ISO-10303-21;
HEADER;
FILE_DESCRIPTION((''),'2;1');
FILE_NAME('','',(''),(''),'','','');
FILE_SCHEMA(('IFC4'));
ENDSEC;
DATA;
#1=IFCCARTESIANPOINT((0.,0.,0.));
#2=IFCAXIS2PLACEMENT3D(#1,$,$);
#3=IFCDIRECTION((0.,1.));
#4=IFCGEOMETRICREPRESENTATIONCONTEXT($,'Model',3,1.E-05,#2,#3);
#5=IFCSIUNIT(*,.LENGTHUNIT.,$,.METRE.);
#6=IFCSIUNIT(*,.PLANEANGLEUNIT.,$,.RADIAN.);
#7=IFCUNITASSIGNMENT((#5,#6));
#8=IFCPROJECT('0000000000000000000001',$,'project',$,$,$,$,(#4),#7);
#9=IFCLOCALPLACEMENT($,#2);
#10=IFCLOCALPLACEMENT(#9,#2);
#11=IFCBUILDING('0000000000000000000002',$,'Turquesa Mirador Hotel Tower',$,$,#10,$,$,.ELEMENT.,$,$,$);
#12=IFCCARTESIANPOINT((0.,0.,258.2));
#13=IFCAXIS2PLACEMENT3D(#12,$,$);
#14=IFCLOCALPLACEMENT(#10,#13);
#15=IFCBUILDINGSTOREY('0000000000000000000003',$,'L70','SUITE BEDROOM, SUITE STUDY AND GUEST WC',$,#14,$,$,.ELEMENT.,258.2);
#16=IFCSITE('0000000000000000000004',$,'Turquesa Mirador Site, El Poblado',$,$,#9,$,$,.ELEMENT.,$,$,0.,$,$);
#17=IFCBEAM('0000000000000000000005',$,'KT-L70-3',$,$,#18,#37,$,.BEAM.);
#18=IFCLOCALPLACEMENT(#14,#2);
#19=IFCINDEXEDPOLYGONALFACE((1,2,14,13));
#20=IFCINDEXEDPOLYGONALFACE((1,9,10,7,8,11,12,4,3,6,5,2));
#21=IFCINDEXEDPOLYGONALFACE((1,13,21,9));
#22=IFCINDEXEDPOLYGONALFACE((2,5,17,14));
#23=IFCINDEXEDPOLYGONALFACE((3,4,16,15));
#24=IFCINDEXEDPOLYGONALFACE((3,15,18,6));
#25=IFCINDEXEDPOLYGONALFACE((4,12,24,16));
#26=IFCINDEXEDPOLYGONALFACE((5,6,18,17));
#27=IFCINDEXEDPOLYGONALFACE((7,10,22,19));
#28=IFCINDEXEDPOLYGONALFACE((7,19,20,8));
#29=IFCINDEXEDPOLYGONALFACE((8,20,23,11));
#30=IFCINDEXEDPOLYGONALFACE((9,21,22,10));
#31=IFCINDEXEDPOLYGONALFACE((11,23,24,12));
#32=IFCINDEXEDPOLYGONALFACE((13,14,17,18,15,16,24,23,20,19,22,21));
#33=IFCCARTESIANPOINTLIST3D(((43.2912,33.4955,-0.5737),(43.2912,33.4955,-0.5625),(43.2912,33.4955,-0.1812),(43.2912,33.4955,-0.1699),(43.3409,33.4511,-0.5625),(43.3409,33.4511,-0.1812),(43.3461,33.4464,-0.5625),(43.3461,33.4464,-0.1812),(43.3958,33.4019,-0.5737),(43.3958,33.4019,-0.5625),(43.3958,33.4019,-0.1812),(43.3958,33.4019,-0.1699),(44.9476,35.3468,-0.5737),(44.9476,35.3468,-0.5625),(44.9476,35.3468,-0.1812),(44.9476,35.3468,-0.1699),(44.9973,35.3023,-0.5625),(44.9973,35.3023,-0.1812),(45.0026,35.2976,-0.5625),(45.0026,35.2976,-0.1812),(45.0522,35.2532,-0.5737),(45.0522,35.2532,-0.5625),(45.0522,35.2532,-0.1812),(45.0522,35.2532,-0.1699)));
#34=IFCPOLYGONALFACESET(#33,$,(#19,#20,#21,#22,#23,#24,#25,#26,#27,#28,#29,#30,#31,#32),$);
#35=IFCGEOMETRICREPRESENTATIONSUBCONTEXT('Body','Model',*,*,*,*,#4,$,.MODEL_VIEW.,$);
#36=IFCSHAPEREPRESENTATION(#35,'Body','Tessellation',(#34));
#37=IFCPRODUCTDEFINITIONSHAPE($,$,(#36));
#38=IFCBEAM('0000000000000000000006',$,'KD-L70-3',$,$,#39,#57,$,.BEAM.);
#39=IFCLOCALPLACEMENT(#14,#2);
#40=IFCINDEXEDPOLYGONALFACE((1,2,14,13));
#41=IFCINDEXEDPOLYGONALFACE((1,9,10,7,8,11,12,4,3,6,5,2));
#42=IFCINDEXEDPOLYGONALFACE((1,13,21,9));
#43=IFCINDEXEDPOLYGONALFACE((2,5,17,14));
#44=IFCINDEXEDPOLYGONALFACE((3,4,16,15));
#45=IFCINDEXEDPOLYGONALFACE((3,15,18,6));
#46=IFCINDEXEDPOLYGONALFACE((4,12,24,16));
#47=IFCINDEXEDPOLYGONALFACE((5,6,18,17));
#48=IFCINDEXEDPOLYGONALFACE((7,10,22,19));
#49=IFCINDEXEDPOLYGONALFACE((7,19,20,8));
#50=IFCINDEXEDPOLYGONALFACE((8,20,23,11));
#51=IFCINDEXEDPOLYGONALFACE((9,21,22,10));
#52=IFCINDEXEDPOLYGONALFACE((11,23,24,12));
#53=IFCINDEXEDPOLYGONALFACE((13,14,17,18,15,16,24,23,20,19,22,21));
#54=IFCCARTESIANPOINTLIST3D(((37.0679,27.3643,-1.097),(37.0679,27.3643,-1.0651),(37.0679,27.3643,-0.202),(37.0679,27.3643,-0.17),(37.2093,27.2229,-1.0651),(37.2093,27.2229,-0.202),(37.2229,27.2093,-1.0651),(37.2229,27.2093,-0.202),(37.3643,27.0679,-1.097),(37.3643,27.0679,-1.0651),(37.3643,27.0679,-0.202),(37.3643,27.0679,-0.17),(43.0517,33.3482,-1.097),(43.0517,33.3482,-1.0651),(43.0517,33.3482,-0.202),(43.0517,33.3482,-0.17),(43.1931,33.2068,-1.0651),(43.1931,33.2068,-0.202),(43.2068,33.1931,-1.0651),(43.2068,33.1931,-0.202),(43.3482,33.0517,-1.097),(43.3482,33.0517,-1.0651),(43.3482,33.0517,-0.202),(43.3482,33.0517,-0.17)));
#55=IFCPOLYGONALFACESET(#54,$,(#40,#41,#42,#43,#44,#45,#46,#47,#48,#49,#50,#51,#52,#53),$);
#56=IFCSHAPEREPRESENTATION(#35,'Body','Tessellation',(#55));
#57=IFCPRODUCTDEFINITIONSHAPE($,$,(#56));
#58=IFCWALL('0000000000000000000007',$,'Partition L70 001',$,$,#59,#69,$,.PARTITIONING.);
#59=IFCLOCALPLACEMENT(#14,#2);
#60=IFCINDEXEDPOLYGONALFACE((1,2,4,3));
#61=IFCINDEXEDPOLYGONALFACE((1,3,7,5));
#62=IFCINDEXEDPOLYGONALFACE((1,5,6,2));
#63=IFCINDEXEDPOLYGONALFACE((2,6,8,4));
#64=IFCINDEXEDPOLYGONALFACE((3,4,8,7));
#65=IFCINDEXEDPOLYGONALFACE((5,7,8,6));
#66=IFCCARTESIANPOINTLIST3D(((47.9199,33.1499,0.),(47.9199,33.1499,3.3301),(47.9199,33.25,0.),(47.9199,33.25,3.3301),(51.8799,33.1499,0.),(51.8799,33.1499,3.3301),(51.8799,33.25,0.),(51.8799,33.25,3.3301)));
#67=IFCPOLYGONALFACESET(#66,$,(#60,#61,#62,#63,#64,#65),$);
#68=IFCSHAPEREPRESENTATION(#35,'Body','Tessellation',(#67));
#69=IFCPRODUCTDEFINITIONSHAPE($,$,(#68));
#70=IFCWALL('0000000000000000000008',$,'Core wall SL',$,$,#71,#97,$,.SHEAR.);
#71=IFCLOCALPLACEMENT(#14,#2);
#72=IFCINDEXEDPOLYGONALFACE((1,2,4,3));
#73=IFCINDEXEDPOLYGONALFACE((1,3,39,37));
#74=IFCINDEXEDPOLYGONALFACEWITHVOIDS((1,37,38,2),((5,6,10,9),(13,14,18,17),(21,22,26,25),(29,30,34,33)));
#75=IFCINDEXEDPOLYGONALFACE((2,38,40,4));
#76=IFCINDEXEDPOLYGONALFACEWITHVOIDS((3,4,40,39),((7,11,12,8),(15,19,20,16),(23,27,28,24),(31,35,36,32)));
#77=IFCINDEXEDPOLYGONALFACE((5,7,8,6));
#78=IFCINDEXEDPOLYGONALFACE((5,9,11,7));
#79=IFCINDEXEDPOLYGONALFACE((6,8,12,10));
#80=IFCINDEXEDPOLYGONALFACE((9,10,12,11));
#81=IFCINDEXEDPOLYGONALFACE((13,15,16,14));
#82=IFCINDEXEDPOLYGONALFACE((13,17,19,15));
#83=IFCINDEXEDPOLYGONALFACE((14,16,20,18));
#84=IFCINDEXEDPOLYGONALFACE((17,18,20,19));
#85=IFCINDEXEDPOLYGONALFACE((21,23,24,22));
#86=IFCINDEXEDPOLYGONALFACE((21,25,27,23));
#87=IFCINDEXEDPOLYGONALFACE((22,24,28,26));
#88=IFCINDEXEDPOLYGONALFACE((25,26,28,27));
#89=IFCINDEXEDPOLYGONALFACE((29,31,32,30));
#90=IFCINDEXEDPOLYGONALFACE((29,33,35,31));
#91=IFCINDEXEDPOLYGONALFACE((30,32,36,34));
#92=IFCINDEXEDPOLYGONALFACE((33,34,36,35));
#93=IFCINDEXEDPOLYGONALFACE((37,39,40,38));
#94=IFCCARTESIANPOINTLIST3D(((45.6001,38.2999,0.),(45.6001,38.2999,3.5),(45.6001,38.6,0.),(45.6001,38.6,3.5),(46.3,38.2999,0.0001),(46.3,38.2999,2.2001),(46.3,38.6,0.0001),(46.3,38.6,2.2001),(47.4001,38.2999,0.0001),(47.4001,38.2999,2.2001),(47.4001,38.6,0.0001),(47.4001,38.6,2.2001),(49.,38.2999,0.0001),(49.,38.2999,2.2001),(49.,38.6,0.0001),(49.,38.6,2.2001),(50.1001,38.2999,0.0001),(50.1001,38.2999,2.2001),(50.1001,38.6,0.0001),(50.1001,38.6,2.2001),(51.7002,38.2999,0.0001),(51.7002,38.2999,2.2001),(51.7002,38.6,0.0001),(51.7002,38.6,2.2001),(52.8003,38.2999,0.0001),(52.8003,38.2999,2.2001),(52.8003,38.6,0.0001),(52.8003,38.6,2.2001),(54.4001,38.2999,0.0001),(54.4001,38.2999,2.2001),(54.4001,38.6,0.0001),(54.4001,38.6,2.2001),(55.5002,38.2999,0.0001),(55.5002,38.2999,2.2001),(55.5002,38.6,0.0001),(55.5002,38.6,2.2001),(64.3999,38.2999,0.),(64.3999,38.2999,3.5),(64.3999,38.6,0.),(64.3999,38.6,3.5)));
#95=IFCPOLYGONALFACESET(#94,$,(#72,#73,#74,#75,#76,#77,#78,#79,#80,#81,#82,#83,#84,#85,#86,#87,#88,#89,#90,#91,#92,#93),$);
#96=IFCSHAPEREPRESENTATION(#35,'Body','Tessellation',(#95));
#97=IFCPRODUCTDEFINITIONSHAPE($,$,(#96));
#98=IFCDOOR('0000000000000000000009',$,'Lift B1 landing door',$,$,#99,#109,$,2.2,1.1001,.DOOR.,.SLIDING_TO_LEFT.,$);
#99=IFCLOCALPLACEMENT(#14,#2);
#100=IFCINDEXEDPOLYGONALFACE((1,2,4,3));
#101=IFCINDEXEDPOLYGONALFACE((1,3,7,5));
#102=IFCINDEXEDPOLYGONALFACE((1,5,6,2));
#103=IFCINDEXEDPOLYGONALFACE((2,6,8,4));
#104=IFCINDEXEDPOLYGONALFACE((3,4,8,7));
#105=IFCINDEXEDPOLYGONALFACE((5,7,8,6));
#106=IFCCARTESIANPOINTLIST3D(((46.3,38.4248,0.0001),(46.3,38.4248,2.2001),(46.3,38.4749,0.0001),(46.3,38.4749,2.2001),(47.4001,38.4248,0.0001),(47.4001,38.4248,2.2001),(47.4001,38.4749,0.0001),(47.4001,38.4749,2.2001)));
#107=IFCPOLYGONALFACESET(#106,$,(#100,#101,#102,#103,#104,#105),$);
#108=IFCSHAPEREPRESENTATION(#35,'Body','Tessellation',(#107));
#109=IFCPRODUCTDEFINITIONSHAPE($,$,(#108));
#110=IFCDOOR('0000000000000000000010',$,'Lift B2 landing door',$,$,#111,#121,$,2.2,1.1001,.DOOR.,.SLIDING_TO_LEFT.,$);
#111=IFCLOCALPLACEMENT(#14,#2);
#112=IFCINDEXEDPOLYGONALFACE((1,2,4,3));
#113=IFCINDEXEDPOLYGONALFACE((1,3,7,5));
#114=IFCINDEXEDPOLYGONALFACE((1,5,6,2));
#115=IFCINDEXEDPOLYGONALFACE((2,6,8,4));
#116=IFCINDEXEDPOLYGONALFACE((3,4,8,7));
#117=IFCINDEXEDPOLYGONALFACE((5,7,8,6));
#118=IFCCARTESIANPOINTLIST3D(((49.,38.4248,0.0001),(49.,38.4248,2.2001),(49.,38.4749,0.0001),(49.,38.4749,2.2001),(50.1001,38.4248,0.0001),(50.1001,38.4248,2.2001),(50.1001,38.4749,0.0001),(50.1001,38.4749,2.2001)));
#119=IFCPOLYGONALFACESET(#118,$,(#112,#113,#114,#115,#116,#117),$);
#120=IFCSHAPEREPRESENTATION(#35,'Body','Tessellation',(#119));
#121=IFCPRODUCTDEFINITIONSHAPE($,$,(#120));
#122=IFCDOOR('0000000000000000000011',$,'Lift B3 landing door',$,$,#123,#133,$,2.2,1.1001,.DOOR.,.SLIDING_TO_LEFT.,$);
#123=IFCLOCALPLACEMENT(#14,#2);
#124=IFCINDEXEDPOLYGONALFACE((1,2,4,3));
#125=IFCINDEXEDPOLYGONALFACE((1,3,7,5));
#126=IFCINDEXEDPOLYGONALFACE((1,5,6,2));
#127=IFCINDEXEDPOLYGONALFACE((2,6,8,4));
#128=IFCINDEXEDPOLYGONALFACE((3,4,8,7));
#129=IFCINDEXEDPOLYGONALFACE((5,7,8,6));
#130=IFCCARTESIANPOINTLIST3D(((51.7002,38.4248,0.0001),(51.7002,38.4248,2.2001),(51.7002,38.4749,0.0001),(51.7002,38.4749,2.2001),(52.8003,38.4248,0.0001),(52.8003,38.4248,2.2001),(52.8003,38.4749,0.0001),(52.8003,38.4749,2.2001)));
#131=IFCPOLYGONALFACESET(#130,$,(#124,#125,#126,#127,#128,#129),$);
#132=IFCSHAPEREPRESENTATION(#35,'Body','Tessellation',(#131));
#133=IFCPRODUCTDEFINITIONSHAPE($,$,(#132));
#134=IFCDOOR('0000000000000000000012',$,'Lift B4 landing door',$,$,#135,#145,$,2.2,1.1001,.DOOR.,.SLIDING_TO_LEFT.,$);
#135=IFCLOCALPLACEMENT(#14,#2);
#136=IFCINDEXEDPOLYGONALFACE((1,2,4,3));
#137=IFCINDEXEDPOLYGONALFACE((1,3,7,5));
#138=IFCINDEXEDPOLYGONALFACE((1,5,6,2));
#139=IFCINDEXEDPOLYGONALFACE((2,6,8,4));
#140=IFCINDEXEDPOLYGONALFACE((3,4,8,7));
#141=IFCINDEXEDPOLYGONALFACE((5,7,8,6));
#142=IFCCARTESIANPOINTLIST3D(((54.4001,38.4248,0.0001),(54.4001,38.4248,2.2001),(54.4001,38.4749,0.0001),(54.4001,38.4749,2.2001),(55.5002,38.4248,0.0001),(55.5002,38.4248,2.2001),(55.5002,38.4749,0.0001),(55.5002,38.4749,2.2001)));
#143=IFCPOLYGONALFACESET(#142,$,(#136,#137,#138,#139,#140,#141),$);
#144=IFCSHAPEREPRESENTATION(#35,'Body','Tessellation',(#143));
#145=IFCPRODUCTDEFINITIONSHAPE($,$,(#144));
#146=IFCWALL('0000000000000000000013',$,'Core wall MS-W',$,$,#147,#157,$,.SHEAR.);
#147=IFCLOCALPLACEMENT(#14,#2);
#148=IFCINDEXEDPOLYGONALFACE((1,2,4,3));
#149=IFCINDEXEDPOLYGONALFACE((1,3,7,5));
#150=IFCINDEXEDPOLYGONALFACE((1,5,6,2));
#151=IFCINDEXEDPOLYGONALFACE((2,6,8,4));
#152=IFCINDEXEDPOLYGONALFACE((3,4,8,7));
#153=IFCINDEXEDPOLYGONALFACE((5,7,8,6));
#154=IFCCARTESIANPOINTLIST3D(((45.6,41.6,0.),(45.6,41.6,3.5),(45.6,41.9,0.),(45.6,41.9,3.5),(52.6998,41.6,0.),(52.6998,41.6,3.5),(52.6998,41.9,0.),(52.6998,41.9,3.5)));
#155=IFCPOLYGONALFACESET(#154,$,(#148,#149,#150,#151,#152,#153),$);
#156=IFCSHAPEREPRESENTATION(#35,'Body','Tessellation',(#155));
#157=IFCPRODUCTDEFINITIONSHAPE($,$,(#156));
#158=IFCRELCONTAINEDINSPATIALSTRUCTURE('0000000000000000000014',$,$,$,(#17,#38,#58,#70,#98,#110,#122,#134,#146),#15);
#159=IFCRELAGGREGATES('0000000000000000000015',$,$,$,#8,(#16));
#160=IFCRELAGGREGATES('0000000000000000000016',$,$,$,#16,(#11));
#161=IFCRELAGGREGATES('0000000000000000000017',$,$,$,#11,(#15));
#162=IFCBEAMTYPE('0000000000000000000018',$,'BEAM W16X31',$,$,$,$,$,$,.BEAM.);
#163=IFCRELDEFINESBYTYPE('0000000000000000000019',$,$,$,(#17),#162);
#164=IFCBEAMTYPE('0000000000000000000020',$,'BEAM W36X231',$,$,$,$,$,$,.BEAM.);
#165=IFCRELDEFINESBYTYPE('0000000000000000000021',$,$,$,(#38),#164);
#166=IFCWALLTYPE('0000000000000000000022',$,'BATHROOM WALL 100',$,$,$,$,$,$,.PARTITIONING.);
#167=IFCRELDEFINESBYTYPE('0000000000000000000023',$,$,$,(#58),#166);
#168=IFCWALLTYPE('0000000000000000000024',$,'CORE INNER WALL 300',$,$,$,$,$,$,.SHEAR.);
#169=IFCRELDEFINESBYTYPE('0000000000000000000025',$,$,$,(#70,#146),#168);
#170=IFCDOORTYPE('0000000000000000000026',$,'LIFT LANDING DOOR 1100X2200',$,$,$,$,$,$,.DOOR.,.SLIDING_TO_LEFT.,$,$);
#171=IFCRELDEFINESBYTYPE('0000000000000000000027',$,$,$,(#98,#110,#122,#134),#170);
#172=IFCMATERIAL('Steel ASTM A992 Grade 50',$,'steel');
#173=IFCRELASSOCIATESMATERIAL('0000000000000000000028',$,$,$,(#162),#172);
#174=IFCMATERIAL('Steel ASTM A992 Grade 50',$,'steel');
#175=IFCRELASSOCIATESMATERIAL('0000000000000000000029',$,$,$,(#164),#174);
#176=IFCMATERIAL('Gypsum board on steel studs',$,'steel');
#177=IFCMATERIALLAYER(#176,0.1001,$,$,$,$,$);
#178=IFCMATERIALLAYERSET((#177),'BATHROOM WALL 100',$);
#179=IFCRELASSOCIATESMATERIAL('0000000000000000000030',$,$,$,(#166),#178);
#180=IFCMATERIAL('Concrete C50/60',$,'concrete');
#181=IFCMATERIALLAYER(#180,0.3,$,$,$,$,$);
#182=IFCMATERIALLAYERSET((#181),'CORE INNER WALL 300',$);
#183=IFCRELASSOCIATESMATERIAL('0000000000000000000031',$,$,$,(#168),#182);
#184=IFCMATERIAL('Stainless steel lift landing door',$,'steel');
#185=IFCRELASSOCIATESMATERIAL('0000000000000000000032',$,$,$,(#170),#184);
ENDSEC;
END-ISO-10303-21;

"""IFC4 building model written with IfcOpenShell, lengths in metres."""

from ifc_helpers import new_model, si_unit, direction, frame, frame_2d, origin, origin_2d, place, context, subcontext, project, spatial, rectangle, i_section, extrude, material, layer, layer_set, material_profile, profile_set, type_object, element, fill, save


model = new_model("IFC4")

# Units and contexts
model_context = context("Model", 3, precision=1e-05, world=origin(), true_north=direction((0.0, 1.0)))
body_context = subcontext(model_context, "Body", "Model", "MODEL_VIEW")
ifc_project = project(units=[si_unit("LENGTHUNIT", "METRE"), si_unit("PLANEANGLEUNIT", "RADIAN")], contexts=[model_context])

# Site, building, storey
site_placement = place(None, origin())
site = spatial("IfcSite", under=ifc_project, at=site_placement, Name="Turquesa Mirador Site, El Poblado", CompositionType="ELEMENT", RefElevation=0.0)
building_placement = place(site_placement, origin())
building = spatial("IfcBuilding", under=site, at=building_placement, Name="Turquesa Mirador Hotel Tower", CompositionType="ELEMENT")
storey_placement = place(building_placement, frame((0.0, 0.0, 258.2)))
storey = spatial("IfcBuildingStorey", under=building, at=storey_placement, Name="L70", Description="SUITE BEDROOM, SUITE STUDY AND GUEST WC", CompositionType="ELEMENT", Elevation=258.2)

# Beams
ifc_material_1 = material(Name="Steel ASTM A992 Grade 50", Category="steel")
ifc_material_profile_1 = material_profile(ifc_material_1, i_section(OverallWidth=0.1404, OverallDepth=0.4038, WebThickness=0.0071, FlangeThickness=0.0112, at=origin_2d()), Name="W16X31")
ifc_profile_set_1 = profile_set([ifc_material_profile_1], Name="Steel ASTM A992 Grade 50")
beam_type_1 = type_object("IfcBeamType", Name="BEAM W16X31", PredefinedType="BEAM", material=ifc_profile_set_1)
beam_1_placement = place(storey_placement, frame((43.3435, 33.4487, -0.3718), z_axis=(0.666806, 0.745231, 0.0), x_axis=(-0.745231, 0.666806, 0.0)))
element("IfcBeam", 1, at=beam_1_placement, inside=storey, type_object=beam_type_1, Name="KT-L70-3", PredefinedType="BEAM", context=body_context, shape_type="SweptSolid", body=[
    extrude(i_section(OverallWidth=0.1404, OverallDepth=0.4038, WebThickness=0.0071, FlangeThickness=0.0112, at=origin_2d()), origin(), (0.0, 0.0, 1.0), 2.4841),
])
ifc_material_2 = material(Name="Steel ASTM A992 Grade 50", Category="steel")
ifc_material_profile_2 = material_profile(ifc_material_2, i_section(OverallWidth=0.4192, OverallDepth=0.927, WebThickness=0.0193, FlangeThickness=0.032, at=origin_2d()), Name="W36X231")
ifc_profile_set_2 = profile_set([ifc_material_profile_2], Name="Steel ASTM A992 Grade 50")
beam_type_2 = type_object("IfcBeamType", Name="BEAM W36X231", PredefinedType="BEAM", material=ifc_profile_set_2)
beam_2_placement = place(storey_placement, frame((43.2, 33.2, -0.6335), z_axis=(-0.707107, -0.707107, 0.0), x_axis=(0.707107, -0.707107, 0.0)))
element("IfcBeam", 2, at=beam_2_placement, inside=storey, type_object=beam_type_2, Name="KD-L70-3", PredefinedType="BEAM", context=body_context, shape_type="SweptSolid", body=[
    extrude(i_section(OverallWidth=0.4192, OverallDepth=0.927, WebThickness=0.0193, FlangeThickness=0.032, at=origin_2d()), origin(), (0.0, 0.0, 1.0), 8.4624),
])

# Wall
ifc_material_3 = material(Name="Gypsum board on steel studs", Category="steel")
ifc_layer_1 = layer(ifc_material_3, 0.1001)
ifc_layer_set_1 = layer_set([ifc_layer_1], Name="BATHROOM WALL 100")
wall_type_1 = type_object("IfcWallType", Name="BATHROOM WALL 100", PredefinedType="PARTITIONING", material=ifc_layer_set_1)
wall_1_placement = place(storey_placement, frame((47.9199, 33.2, 0.0), z_axis=(0.0, 0.0, 1.0), x_axis=(1.0, 0.0, 0.0)))
element("IfcWall", 3, at=wall_1_placement, inside=storey, type_object=wall_type_1, Name="Partition L70 001", PredefinedType="PARTITIONING", context=body_context, shape_type="SweptSolid", body=[
    extrude(rectangle(XDim=3.96, YDim=0.1001, at=frame_2d((1.98, 0.0))), origin(), (0.0, 0.0, 1.0), 3.3301),
])

# Wall, openings, doors
ifc_material_4 = material(Name="Concrete C50/60", Category="concrete")
ifc_layer_2 = layer(ifc_material_4, 0.3)
ifc_layer_set_2 = layer_set([ifc_layer_2], Name="CORE INNER WALL 300")
wall_type_2 = type_object("IfcWallType", Name="CORE INNER WALL 300", PredefinedType="SHEAR", material=ifc_layer_set_2)
wall_2_placement = place(storey_placement, frame((45.6001, 38.45, 0.0), z_axis=(0.0, 0.0, 1.0), x_axis=(1.0, 0.0, 0.0)))
wall_2 = element("IfcWall", 4, at=wall_2_placement, inside=storey, type_object=wall_type_2, Name="Core wall SL", PredefinedType="SHEAR", context=body_context, shape_type="SweptSolid", body=[
    extrude(rectangle(XDim=18.7998, YDim=0.3, at=frame_2d((9.3999, 0.0))), origin(), (0.0, 0.0, 1.0), 3.5),
])
opening_1_placement = place(wall_2_placement, frame((0.7, 0.0, 0.0)))
opening_1 = element("IfcOpeningElement", 5, at=opening_1_placement, cuts=wall_2, PredefinedType="OPENING", context=body_context, shape_type="SweptSolid", body=[
    extrude(rectangle(XDim=1.1001, YDim=2.2, at=frame_2d((0.55, 1.1001))), frame((0.0, 0.1599, 0.0), z_axis=(0.0, -1.0, 0.0), x_axis=(1.0, 0.0, 0.0)), (0.0, 0.0, 1.0), 0.3201),
])
opening_2_placement = place(wall_2_placement, frame((3.3999, 0.0, 0.0)))
opening_2 = element("IfcOpeningElement", 6, at=opening_2_placement, cuts=wall_2, PredefinedType="OPENING", context=body_context, shape_type="SweptSolid", body=[
    extrude(rectangle(XDim=1.1001, YDim=2.2, at=frame_2d((0.55, 1.1001))), frame((0.0, 0.1599, 0.0), z_axis=(0.0, -1.0, 0.0), x_axis=(1.0, 0.0, 0.0)), (0.0, 0.0, 1.0), 0.3201),
])
opening_3_placement = place(wall_2_placement, frame((6.1001, 0.0, 0.0)))
opening_3 = element("IfcOpeningElement", 7, at=opening_3_placement, cuts=wall_2, PredefinedType="OPENING", context=body_context, shape_type="SweptSolid", body=[
    extrude(rectangle(XDim=1.1001, YDim=2.2, at=frame_2d((0.55, 1.1001))), frame((0.0, 0.1599, 0.0), z_axis=(0.0, -1.0, 0.0), x_axis=(1.0, 0.0, 0.0)), (0.0, 0.0, 1.0), 0.3201),
])
opening_4_placement = place(wall_2_placement, frame((8.8, 0.0, 0.0)))
opening_4 = element("IfcOpeningElement", 8, at=opening_4_placement, cuts=wall_2, PredefinedType="OPENING", context=body_context, shape_type="SweptSolid", body=[
    extrude(rectangle(XDim=1.1001, YDim=2.2, at=frame_2d((0.55, 1.1001))), frame((0.0, 0.1599, 0.0), z_axis=(0.0, -1.0, 0.0), x_axis=(1.0, 0.0, 0.0)), (0.0, 0.0, 1.0), 0.3201),
])
ifc_material_5 = material(Name="Stainless steel lift landing door", Category="steel")
door_type_1 = type_object("IfcDoorType", Name="LIFT LANDING DOOR 1100X2200", OperationType="SLIDING_TO_LEFT", PredefinedType="DOOR", material=ifc_material_5)
door_1_placement = place(opening_1_placement, origin())
door_1 = element("IfcDoor", 9, at=door_1_placement, inside=storey, type_object=door_type_1, Name="Lift B1 landing door", OperationType="SLIDING_TO_LEFT", OverallHeight=2.2, OverallWidth=1.1001, PredefinedType="DOOR", context=body_context, shape_type="SweptSolid", body=[
    extrude(rectangle(XDim=1.1001, YDim=2.2, at=frame_2d((0.55, 1.1001))), frame((0.0, 0.0249, 0.0), z_axis=(0.0, -1.0, 0.0), x_axis=(1.0, 0.0, 0.0)), (0.0, 0.0, 1.0), 0.05),
])
fill(opening_1, door_1)
door_2_placement = place(opening_2_placement, origin())
door_2 = element("IfcDoor", 10, at=door_2_placement, inside=storey, type_object=door_type_1, Name="Lift B2 landing door", OperationType="SLIDING_TO_LEFT", OverallHeight=2.2, OverallWidth=1.1001, PredefinedType="DOOR", context=body_context, shape_type="SweptSolid", body=[
    extrude(rectangle(XDim=1.1001, YDim=2.2, at=frame_2d((0.55, 1.1001))), frame((0.0, 0.0249, 0.0), z_axis=(0.0, -1.0, 0.0), x_axis=(1.0, 0.0, 0.0)), (0.0, 0.0, 1.0), 0.05),
])
fill(opening_2, door_2)
door_3_placement = place(opening_3_placement, origin())
door_3 = element("IfcDoor", 11, at=door_3_placement, inside=storey, type_object=door_type_1, Name="Lift B3 landing door", OperationType="SLIDING_TO_LEFT", OverallHeight=2.2, OverallWidth=1.1001, PredefinedType="DOOR", context=body_context, shape_type="SweptSolid", body=[
    extrude(rectangle(XDim=1.1001, YDim=2.2, at=frame_2d((0.55, 1.1001))), frame((0.0, 0.0249, 0.0), z_axis=(0.0, -1.0, 0.0), x_axis=(1.0, 0.0, 0.0)), (0.0, 0.0, 1.0), 0.05),
])
fill(opening_3, door_3)
door_4_placement = place(opening_4_placement, origin())
door_4 = element("IfcDoor", 12, at=door_4_placement, inside=storey, type_object=door_type_1, Name="Lift B4 landing door", OperationType="SLIDING_TO_LEFT", OverallHeight=2.2, OverallWidth=1.1001, PredefinedType="DOOR", context=body_context, shape_type="SweptSolid", body=[
    extrude(rectangle(XDim=1.1001, YDim=2.2, at=frame_2d((0.55, 1.1001))), frame((0.0, 0.0249, 0.0), z_axis=(0.0, -1.0, 0.0), x_axis=(1.0, 0.0, 0.0)), (0.0, 0.0, 1.0), 0.05),
])
fill(opening_4, door_4)

# Wall
wall_3_placement = place(storey_placement, frame((45.6001, 41.75, 0.0), z_axis=(0.0, 0.0, 1.0), x_axis=(1.0, 0.0, 0.0)))
element("IfcWall", 13, at=wall_3_placement, inside=storey, type_object=wall_type_2, Name="Core wall MS-W", PredefinedType="SHEAR", context=body_context, shape_type="SweptSolid", body=[
    extrude(rectangle(XDim=7.0999, YDim=0.3, at=frame_2d((3.5498, 0.0))), origin(), (0.0, 0.0, 1.0), 3.5),
])

save(model, "model.ifc")
